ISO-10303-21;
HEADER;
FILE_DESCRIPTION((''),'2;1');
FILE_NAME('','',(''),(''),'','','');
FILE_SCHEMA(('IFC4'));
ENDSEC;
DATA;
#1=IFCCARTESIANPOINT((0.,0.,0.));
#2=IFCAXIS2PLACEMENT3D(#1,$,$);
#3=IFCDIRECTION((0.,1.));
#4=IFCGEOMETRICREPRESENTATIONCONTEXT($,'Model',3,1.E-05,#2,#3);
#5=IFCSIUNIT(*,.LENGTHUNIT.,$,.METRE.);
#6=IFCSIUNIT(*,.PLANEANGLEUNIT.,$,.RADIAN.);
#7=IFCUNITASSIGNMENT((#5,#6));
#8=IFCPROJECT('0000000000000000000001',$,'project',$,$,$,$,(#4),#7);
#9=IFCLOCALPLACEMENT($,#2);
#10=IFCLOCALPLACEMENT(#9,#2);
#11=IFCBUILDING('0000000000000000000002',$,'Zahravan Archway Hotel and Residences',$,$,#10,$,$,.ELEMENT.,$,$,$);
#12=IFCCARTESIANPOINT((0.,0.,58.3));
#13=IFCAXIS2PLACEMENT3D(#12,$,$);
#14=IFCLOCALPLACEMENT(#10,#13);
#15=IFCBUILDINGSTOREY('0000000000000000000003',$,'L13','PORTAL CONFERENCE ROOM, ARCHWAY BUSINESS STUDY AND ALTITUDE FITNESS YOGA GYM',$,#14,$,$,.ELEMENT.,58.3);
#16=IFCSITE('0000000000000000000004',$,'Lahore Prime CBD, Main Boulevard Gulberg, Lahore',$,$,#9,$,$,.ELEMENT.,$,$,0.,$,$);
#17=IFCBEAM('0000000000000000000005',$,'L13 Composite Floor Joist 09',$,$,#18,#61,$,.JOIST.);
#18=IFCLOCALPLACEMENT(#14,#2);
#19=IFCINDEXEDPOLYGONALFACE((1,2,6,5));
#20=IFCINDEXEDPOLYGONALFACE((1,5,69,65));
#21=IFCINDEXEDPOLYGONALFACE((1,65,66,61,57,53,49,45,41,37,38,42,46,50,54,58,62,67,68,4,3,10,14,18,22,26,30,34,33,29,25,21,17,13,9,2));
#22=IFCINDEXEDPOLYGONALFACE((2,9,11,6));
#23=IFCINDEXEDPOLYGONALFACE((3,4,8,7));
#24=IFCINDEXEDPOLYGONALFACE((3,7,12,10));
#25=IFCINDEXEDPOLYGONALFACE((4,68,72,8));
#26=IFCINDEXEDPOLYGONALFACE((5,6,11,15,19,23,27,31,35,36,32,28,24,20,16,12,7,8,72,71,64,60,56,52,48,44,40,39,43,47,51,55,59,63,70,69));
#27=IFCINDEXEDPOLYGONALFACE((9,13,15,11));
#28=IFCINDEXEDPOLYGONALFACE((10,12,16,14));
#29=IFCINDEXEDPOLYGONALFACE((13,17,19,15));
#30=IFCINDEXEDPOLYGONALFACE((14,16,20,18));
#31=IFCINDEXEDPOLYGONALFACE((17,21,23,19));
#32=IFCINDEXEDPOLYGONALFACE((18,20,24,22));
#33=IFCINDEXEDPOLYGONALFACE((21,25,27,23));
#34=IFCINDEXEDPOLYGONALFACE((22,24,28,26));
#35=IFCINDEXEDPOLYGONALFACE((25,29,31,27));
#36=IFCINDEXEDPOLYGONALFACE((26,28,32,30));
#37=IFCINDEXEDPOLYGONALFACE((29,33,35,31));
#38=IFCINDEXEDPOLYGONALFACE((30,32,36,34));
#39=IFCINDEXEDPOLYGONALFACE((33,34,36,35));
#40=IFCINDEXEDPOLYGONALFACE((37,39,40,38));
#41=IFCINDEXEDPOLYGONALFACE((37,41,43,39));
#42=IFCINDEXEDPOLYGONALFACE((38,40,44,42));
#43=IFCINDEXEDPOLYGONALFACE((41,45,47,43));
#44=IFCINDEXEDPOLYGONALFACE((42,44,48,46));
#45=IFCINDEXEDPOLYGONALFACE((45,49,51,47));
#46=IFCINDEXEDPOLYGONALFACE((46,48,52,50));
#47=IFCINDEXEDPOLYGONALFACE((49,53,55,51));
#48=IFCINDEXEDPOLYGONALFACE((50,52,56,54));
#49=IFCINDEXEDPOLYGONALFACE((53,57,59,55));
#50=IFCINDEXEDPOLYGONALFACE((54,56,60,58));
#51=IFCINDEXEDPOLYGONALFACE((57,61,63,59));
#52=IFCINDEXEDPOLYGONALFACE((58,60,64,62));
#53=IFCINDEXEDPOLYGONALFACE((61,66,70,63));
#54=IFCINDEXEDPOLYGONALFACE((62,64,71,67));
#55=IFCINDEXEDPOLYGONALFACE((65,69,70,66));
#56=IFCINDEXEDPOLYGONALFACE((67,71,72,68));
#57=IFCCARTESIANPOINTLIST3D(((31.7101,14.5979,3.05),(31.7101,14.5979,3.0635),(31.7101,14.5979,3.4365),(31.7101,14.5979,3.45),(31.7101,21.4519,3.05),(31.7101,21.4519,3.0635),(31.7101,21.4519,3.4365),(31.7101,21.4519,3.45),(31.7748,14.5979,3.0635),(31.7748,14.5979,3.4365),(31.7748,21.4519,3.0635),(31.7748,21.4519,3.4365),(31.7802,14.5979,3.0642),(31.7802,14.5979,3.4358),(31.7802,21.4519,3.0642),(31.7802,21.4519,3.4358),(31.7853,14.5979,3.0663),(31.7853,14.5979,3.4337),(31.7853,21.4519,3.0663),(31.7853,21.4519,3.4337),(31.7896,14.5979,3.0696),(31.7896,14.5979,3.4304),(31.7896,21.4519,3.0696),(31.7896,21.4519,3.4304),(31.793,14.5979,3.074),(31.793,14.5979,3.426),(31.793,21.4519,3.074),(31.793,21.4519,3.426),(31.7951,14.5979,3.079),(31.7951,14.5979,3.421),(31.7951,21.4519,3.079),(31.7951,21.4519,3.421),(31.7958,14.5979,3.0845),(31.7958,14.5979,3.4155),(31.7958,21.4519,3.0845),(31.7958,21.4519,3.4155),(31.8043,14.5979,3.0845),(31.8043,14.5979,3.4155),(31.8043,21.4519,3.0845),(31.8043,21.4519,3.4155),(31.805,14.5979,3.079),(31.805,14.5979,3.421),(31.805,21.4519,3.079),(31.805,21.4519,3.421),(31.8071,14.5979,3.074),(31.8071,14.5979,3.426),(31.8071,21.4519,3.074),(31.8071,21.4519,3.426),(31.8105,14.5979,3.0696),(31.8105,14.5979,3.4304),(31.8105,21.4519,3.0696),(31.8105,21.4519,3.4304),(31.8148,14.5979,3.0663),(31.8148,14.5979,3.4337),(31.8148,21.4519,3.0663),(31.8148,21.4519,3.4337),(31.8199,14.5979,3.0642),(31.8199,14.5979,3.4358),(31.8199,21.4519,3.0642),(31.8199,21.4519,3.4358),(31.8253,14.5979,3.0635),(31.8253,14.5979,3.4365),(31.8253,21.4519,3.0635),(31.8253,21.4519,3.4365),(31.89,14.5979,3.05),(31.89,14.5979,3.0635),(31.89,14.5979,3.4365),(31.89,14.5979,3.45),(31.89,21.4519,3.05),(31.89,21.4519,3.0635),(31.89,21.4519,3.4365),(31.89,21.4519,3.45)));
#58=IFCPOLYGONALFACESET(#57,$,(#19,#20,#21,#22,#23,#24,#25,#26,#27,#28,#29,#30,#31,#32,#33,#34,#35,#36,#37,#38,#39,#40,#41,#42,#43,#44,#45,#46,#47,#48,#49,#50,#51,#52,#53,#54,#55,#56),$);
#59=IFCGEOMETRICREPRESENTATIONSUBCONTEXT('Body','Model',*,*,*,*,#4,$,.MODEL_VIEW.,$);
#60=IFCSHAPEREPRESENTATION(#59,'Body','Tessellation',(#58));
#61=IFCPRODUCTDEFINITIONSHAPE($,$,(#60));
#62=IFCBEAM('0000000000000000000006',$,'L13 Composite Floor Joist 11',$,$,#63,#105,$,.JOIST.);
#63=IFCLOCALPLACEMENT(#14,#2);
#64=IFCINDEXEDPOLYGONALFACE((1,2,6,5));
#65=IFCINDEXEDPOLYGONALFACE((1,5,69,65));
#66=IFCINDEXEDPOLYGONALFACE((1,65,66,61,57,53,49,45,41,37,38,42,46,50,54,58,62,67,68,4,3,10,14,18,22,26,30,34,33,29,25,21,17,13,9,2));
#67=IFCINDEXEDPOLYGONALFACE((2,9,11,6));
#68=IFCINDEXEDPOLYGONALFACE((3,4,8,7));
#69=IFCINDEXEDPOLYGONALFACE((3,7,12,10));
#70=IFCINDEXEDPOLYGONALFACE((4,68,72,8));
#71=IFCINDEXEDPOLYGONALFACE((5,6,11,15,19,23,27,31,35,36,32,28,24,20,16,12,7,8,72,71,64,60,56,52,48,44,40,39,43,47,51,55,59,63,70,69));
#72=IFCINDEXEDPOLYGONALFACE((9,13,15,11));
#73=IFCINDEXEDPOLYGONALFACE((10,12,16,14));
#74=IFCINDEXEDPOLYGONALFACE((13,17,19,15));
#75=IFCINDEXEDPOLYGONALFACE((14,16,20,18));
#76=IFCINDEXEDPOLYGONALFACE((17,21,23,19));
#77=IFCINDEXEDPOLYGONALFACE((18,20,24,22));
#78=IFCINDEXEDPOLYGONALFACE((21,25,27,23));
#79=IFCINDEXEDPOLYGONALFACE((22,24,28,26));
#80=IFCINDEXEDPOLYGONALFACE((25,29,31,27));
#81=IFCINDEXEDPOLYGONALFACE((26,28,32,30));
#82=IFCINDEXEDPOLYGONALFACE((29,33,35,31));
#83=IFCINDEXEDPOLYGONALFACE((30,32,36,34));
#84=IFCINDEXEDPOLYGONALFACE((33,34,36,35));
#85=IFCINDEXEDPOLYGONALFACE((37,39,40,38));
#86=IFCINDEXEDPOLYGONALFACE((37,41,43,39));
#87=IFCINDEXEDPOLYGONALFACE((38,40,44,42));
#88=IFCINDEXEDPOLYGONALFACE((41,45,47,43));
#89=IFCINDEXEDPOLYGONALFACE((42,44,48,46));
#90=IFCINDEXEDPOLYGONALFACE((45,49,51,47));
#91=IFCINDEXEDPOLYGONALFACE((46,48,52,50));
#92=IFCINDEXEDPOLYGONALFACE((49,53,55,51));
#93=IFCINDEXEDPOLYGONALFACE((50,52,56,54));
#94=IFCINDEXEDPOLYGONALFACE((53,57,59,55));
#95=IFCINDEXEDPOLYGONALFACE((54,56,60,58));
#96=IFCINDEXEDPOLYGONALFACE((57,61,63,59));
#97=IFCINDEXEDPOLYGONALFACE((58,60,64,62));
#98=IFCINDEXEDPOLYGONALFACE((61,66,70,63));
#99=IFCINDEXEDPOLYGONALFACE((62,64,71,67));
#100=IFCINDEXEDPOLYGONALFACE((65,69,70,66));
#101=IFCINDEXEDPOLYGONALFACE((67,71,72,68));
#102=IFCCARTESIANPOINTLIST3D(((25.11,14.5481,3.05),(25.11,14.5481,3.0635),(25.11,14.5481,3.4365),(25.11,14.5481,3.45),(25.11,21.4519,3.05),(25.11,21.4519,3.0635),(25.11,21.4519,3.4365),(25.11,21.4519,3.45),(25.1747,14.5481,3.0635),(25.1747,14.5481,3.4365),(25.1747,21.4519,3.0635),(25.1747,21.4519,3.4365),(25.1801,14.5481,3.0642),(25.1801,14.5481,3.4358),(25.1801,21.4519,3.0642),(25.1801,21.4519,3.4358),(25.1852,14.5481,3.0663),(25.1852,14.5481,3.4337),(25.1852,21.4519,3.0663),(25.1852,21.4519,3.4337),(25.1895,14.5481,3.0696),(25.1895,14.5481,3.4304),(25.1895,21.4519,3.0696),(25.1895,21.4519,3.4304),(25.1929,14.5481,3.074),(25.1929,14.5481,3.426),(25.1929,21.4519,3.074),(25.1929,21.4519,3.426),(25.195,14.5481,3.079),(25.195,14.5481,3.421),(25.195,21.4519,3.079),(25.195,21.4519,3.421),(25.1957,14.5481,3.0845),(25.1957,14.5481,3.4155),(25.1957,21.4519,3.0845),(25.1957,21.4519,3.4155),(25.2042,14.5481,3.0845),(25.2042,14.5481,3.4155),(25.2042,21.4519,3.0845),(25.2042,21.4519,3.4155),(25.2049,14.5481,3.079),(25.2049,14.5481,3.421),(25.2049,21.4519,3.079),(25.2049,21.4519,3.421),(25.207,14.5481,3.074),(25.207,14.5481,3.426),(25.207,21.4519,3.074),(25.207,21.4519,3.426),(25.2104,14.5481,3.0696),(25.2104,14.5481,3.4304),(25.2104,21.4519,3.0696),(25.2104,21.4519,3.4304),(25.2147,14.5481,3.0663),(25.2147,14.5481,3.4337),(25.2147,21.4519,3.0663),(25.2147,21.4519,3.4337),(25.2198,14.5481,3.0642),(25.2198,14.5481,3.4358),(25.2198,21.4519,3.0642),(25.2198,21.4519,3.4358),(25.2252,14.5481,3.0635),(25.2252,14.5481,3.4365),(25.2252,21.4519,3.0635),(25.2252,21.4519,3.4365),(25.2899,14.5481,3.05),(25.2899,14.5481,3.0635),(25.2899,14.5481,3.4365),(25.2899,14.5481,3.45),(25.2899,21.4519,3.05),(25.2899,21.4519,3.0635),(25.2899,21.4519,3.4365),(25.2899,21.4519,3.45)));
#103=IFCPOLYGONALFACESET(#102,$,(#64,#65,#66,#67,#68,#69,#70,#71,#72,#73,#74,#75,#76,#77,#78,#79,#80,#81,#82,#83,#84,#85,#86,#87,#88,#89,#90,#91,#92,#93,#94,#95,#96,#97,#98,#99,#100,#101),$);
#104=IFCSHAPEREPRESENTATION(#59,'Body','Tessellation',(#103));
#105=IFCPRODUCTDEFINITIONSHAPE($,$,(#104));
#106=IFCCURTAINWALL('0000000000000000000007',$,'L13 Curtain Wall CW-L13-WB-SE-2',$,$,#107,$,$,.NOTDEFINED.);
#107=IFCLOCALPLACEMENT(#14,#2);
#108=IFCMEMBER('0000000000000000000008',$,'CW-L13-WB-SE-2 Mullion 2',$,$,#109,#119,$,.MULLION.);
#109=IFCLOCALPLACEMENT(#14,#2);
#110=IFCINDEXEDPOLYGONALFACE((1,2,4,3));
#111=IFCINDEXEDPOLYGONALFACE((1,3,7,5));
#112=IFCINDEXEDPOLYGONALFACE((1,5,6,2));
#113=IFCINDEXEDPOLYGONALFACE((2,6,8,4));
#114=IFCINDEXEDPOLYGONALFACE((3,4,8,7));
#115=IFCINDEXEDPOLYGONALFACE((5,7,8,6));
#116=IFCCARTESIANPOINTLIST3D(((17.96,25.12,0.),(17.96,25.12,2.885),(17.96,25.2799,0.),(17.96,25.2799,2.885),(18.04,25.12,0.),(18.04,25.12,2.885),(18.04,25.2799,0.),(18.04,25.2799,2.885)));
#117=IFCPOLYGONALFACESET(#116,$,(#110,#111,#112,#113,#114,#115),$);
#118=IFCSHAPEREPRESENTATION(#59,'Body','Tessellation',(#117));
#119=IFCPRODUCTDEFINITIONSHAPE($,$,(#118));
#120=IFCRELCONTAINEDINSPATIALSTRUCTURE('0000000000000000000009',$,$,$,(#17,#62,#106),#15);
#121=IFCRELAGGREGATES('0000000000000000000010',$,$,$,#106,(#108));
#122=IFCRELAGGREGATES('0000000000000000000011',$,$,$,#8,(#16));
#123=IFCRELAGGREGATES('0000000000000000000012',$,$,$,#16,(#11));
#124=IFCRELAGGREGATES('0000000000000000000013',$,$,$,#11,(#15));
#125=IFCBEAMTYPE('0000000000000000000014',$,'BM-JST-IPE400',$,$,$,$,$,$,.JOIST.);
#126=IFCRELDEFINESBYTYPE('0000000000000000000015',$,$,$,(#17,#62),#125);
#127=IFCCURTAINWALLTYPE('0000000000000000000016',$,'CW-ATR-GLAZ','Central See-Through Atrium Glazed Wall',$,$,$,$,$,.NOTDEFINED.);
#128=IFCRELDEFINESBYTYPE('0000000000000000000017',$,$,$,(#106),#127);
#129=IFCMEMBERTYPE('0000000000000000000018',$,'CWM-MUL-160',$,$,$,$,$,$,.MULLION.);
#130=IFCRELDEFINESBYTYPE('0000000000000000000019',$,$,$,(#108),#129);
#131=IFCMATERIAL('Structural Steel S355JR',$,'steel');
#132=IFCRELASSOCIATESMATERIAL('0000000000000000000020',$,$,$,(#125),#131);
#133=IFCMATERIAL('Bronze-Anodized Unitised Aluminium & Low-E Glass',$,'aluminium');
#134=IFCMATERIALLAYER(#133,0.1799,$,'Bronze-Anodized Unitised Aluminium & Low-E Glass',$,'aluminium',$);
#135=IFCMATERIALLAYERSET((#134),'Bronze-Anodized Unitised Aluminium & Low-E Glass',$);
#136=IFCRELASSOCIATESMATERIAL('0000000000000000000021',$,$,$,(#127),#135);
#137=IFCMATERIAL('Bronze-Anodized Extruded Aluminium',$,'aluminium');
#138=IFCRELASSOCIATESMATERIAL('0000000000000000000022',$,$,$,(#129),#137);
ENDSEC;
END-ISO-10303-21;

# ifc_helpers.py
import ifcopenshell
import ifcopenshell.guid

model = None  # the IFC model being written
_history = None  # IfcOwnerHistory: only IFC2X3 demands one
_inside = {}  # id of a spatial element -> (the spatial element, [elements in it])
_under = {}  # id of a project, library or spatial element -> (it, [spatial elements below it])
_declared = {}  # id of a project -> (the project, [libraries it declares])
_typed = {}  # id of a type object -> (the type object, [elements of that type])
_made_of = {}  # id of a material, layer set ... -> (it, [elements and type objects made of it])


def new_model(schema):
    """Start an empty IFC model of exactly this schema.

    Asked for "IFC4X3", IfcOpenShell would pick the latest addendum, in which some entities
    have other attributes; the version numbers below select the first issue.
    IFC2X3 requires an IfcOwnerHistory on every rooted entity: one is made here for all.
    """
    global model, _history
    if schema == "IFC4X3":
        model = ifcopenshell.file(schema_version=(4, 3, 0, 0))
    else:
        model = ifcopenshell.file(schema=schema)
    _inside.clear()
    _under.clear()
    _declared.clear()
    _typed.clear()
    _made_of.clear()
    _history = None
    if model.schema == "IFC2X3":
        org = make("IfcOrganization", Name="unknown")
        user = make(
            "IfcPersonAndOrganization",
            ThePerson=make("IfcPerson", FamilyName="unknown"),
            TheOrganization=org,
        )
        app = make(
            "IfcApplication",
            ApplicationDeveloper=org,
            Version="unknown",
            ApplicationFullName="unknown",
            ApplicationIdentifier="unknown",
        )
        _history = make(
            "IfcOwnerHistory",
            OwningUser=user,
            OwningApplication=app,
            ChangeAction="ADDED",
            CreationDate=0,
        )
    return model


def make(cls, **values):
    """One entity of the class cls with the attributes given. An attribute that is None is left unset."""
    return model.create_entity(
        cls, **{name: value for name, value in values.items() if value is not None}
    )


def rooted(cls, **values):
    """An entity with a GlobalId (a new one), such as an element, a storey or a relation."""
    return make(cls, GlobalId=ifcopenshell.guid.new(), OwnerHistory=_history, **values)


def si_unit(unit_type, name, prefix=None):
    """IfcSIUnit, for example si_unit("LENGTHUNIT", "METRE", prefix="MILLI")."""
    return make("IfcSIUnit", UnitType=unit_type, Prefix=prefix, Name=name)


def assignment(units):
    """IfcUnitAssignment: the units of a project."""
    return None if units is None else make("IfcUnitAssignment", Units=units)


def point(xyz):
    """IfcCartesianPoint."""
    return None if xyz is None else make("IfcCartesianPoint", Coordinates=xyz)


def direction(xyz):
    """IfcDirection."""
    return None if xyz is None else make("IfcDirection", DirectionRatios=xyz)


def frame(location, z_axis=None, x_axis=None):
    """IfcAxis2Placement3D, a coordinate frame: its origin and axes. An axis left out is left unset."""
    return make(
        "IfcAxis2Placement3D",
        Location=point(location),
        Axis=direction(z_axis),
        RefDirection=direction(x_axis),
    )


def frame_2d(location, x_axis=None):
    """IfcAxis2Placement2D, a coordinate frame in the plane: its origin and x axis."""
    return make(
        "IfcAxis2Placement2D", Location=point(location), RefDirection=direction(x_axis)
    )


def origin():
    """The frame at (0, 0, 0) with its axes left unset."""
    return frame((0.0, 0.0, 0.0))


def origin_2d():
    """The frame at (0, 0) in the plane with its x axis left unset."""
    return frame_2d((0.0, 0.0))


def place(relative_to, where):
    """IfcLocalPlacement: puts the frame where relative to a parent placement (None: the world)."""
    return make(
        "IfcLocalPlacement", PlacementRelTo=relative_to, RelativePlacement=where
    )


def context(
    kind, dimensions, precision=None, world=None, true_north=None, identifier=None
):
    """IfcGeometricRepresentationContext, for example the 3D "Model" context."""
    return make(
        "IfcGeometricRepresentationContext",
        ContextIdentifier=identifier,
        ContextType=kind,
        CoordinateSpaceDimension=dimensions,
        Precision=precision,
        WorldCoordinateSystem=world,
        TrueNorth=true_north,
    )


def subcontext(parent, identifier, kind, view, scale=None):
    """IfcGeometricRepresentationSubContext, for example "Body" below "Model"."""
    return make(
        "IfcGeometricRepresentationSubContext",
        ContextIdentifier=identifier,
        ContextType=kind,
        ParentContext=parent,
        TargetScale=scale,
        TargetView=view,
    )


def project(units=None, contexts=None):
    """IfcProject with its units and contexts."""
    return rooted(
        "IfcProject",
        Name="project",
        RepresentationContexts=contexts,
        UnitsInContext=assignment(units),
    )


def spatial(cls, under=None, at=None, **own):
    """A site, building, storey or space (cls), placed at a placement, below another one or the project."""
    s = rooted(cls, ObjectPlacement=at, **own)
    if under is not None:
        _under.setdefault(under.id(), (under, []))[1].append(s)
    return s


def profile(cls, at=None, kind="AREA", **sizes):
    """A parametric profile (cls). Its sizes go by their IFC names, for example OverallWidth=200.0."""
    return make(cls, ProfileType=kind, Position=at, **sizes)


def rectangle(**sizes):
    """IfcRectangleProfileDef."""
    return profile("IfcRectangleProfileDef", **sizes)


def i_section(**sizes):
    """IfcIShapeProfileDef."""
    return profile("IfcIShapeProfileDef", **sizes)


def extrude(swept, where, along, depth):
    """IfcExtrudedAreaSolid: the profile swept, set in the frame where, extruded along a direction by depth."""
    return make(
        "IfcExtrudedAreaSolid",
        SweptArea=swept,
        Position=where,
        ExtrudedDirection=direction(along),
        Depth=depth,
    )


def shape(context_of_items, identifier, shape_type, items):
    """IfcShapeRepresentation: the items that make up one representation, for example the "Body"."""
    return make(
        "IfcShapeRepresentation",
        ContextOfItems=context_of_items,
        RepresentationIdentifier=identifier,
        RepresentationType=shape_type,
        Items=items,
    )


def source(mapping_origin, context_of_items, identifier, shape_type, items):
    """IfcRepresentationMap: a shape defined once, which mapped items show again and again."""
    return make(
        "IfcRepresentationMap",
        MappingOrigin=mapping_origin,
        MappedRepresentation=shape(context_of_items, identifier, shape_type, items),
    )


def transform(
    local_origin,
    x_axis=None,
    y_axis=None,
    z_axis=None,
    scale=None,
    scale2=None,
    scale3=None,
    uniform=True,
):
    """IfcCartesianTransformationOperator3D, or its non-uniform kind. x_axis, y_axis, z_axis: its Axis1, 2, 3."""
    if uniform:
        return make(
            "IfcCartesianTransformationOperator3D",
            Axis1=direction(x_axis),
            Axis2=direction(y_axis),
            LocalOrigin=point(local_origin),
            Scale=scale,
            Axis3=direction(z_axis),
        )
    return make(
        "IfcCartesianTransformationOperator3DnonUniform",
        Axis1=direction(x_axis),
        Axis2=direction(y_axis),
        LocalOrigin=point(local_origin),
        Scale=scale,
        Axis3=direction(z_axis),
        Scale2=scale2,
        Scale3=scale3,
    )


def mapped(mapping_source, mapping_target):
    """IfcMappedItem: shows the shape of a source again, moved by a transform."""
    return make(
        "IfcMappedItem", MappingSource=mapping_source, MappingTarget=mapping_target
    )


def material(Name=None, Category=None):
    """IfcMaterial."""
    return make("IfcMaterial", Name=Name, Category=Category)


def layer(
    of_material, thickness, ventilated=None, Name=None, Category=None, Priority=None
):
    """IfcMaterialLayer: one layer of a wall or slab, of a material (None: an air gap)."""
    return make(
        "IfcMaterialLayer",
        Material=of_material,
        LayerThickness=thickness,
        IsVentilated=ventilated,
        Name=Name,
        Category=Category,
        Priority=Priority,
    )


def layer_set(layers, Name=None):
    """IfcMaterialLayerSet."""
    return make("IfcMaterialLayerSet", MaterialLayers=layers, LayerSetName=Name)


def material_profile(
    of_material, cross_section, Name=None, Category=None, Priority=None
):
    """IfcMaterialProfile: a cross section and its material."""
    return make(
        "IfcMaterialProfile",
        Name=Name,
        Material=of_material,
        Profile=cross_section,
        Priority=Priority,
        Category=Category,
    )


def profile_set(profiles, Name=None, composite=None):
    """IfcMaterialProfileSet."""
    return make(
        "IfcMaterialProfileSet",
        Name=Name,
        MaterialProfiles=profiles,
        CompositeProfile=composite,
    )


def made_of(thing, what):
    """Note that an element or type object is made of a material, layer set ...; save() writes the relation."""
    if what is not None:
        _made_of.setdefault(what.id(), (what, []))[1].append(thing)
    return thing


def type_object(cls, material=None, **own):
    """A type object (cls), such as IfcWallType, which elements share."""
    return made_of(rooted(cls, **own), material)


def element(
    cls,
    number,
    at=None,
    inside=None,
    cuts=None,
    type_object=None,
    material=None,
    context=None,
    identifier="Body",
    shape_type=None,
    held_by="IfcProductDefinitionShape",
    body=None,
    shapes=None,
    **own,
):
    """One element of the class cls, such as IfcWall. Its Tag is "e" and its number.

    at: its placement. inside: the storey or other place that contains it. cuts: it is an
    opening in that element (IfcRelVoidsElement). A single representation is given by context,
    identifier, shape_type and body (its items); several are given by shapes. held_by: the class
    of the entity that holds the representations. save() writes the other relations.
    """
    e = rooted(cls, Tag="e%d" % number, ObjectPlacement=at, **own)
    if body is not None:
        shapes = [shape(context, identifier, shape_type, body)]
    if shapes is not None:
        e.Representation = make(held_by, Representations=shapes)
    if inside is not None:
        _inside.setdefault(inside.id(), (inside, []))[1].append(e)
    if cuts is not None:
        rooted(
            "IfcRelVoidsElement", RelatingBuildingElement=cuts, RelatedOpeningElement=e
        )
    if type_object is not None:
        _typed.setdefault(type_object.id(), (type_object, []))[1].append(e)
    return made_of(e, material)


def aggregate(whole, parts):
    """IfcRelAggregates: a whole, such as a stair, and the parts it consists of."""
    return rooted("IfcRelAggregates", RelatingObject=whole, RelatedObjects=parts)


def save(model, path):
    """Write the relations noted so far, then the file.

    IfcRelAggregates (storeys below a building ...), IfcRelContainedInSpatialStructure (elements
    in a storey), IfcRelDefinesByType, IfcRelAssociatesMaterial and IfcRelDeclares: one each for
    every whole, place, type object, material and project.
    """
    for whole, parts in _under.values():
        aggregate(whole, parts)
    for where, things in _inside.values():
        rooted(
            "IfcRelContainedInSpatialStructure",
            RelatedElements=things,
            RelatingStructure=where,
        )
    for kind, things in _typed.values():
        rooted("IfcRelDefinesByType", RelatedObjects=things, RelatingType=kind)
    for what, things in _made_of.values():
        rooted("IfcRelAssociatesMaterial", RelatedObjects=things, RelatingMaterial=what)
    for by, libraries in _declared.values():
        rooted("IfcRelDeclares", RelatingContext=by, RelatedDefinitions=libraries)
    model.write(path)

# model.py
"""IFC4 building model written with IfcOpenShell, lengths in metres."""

from ifc_helpers import new_model, si_unit, direction, frame, origin, origin_2d, place, context, subcontext, project, spatial, rectangle, i_section, extrude, source, transform, mapped, material, layer, layer_set, material_profile, profile_set, type_object, element, aggregate, save


model = new_model("IFC4")

# Units and contexts
model_context = context("Model", 3, precision=1e-05, world=origin(), true_north=direction((0.0, 1.0)))
body_context = subcontext(model_context, "Body", "Model", "MODEL_VIEW")
ifc_project = project(units=[si_unit("LENGTHUNIT", "METRE"), si_unit("PLANEANGLEUNIT", "RADIAN")], contexts=[model_context])

# Site, building, storey
site_placement = place(None, origin())
site = spatial("IfcSite", under=ifc_project, at=site_placement, Name="Lahore Prime CBD, Main Boulevard Gulberg, Lahore", CompositionType="ELEMENT", RefElevation=0.0)
building_placement = place(site_placement, origin())
building = spatial("IfcBuilding", under=site, at=building_placement, Name="Zahravan Archway Hotel and Residences", CompositionType="ELEMENT")
storey_placement = place(building_placement, frame((0.0, 0.0, 58.3)))
storey = spatial("IfcBuildingStorey", under=building, at=storey_placement, Name="L13", Description="PORTAL CONFERENCE ROOM, ARCHWAY BUSINESS STUDY AND ALTITUDE FITNESS YOGA GYM", CompositionType="ELEMENT", Elevation=58.3)

# Beams
ifc_material_1 = material(Name="Structural Steel S355JR", Category="steel")
ifc_material_profile_1 = material_profile(ifc_material_1, i_section(OverallWidth=0.1799, OverallDepth=0.3999, WebThickness=0.0085, FlangeThickness=0.0134, FilletRadius=0.021, at=origin_2d()), Name="IPE 400", Category="steel")
ifc_profile_set_1 = profile_set([ifc_material_profile_1], Name="Structural Steel S355JR")
beam_type_1 = type_object("IfcBeamType", Name="BM-JST-IPE400", PredefinedType="JOIST", material=ifc_profile_set_1)
shared_shape_1 = source(origin(), body_context, "Body", "SweptSolid", [
    extrude(i_section(OverallWidth=0.1799, OverallDepth=0.3999, WebThickness=0.0085, FlangeThickness=0.0134, FilletRadius=0.021, at=origin_2d()), origin(), (0.0, 0.0, 1.0), 6.854),
])
beam_1_placement = place(storey_placement, frame((31.8, 14.5979, 3.25), z_axis=(0.0, 1.0, 0.0), x_axis=(-1.0, 0.0, 0.0)))
element("IfcBeam", 1, at=beam_1_placement, inside=storey, type_object=beam_type_1, Name="L13 Composite Floor Joist 09", PredefinedType="JOIST", context=body_context, shape_type="MappedRepresentation", body=[
    mapped(shared_shape_1, transform((0.0, 0.0, 0.0), scale=1.0)),
])
shared_shape_2 = source(origin(), body_context, "Body", "SweptSolid", [
    extrude(i_section(OverallWidth=0.1799, OverallDepth=0.3999, WebThickness=0.0085, FlangeThickness=0.0134, FilletRadius=0.021, at=origin_2d()), origin(), (0.0, 0.0, 1.0), 6.9038),
])
beam_2_placement = place(storey_placement, frame((25.2, 14.5481, 3.25), z_axis=(0.0, 1.0, 0.0), x_axis=(-1.0, 0.0, 0.0)))
element("IfcBeam", 2, at=beam_2_placement, inside=storey, type_object=beam_type_1, Name="L13 Composite Floor Joist 11", PredefinedType="JOIST", context=body_context, shape_type="MappedRepresentation", body=[
    mapped(shared_shape_2, transform((0.0, 0.0, 0.0), scale=1.0)),
])

# Curtain wall, member
ifc_material_2 = material(Name="Bronze-Anodized Unitised Aluminium & Low-E Glass", Category="aluminium")
ifc_layer_1 = layer(ifc_material_2, 0.1799, Name="Bronze-Anodized Unitised Aluminium & Low-E Glass", Category="aluminium")
ifc_layer_set_1 = layer_set([ifc_layer_1], Name="Bronze-Anodized Unitised Aluminium & Low-E Glass")
curtain_wall_type = type_object("IfcCurtainWallType", Name="CW-ATR-GLAZ", Description="Central See-Through Atrium Glazed Wall", PredefinedType="NOTDEFINED", material=ifc_layer_set_1)
curtain_wall_placement = place(storey_placement, origin())
curtain_wall = element("IfcCurtainWall", 3, at=curtain_wall_placement, inside=storey, type_object=curtain_wall_type, Name="L13 Curtain Wall CW-L13-WB-SE-2", PredefinedType="NOTDEFINED")
ifc_material_3 = material(Name="Bronze-Anodized Extruded Aluminium", Category="aluminium")
ifc_material_profile_2 = material_profile(ifc_material_3, rectangle(XDim=0.0801, YDim=0.1599, at=origin_2d()), Name="MUL 80x160", Category="aluminium")
ifc_profile_set_2 = profile_set([ifc_material_profile_2], Name="Bronze-Anodized Extruded Aluminium")
member_type = type_object("IfcMemberType", Name="CWM-MUL-160", PredefinedType="MULLION", material=ifc_profile_set_2)
shared_shape_3 = source(origin(), body_context, "Body", "SweptSolid", [
    extrude(rectangle(XDim=0.0801, YDim=0.1599, at=origin_2d()), origin(), (0.0, 0.0, 1.0), 2.885),
])
member_placement = place(storey_placement, frame((18.0, 25.2, 0.0), z_axis=(0.0, 0.0, 1.0), x_axis=(1.0, 0.0, 0.0)))
member = element("IfcMember", 4, at=member_placement, type_object=member_type, Name="CW-L13-WB-SE-2 Mullion 2", PredefinedType="MULLION", context=body_context, shape_type="MappedRepresentation", body=[
    mapped(shared_shape_3, transform((0.0, 0.0, 0.0), scale=1.0)),
])
aggregate(curtain_wall, [member])

save(model, "model.ifc")
